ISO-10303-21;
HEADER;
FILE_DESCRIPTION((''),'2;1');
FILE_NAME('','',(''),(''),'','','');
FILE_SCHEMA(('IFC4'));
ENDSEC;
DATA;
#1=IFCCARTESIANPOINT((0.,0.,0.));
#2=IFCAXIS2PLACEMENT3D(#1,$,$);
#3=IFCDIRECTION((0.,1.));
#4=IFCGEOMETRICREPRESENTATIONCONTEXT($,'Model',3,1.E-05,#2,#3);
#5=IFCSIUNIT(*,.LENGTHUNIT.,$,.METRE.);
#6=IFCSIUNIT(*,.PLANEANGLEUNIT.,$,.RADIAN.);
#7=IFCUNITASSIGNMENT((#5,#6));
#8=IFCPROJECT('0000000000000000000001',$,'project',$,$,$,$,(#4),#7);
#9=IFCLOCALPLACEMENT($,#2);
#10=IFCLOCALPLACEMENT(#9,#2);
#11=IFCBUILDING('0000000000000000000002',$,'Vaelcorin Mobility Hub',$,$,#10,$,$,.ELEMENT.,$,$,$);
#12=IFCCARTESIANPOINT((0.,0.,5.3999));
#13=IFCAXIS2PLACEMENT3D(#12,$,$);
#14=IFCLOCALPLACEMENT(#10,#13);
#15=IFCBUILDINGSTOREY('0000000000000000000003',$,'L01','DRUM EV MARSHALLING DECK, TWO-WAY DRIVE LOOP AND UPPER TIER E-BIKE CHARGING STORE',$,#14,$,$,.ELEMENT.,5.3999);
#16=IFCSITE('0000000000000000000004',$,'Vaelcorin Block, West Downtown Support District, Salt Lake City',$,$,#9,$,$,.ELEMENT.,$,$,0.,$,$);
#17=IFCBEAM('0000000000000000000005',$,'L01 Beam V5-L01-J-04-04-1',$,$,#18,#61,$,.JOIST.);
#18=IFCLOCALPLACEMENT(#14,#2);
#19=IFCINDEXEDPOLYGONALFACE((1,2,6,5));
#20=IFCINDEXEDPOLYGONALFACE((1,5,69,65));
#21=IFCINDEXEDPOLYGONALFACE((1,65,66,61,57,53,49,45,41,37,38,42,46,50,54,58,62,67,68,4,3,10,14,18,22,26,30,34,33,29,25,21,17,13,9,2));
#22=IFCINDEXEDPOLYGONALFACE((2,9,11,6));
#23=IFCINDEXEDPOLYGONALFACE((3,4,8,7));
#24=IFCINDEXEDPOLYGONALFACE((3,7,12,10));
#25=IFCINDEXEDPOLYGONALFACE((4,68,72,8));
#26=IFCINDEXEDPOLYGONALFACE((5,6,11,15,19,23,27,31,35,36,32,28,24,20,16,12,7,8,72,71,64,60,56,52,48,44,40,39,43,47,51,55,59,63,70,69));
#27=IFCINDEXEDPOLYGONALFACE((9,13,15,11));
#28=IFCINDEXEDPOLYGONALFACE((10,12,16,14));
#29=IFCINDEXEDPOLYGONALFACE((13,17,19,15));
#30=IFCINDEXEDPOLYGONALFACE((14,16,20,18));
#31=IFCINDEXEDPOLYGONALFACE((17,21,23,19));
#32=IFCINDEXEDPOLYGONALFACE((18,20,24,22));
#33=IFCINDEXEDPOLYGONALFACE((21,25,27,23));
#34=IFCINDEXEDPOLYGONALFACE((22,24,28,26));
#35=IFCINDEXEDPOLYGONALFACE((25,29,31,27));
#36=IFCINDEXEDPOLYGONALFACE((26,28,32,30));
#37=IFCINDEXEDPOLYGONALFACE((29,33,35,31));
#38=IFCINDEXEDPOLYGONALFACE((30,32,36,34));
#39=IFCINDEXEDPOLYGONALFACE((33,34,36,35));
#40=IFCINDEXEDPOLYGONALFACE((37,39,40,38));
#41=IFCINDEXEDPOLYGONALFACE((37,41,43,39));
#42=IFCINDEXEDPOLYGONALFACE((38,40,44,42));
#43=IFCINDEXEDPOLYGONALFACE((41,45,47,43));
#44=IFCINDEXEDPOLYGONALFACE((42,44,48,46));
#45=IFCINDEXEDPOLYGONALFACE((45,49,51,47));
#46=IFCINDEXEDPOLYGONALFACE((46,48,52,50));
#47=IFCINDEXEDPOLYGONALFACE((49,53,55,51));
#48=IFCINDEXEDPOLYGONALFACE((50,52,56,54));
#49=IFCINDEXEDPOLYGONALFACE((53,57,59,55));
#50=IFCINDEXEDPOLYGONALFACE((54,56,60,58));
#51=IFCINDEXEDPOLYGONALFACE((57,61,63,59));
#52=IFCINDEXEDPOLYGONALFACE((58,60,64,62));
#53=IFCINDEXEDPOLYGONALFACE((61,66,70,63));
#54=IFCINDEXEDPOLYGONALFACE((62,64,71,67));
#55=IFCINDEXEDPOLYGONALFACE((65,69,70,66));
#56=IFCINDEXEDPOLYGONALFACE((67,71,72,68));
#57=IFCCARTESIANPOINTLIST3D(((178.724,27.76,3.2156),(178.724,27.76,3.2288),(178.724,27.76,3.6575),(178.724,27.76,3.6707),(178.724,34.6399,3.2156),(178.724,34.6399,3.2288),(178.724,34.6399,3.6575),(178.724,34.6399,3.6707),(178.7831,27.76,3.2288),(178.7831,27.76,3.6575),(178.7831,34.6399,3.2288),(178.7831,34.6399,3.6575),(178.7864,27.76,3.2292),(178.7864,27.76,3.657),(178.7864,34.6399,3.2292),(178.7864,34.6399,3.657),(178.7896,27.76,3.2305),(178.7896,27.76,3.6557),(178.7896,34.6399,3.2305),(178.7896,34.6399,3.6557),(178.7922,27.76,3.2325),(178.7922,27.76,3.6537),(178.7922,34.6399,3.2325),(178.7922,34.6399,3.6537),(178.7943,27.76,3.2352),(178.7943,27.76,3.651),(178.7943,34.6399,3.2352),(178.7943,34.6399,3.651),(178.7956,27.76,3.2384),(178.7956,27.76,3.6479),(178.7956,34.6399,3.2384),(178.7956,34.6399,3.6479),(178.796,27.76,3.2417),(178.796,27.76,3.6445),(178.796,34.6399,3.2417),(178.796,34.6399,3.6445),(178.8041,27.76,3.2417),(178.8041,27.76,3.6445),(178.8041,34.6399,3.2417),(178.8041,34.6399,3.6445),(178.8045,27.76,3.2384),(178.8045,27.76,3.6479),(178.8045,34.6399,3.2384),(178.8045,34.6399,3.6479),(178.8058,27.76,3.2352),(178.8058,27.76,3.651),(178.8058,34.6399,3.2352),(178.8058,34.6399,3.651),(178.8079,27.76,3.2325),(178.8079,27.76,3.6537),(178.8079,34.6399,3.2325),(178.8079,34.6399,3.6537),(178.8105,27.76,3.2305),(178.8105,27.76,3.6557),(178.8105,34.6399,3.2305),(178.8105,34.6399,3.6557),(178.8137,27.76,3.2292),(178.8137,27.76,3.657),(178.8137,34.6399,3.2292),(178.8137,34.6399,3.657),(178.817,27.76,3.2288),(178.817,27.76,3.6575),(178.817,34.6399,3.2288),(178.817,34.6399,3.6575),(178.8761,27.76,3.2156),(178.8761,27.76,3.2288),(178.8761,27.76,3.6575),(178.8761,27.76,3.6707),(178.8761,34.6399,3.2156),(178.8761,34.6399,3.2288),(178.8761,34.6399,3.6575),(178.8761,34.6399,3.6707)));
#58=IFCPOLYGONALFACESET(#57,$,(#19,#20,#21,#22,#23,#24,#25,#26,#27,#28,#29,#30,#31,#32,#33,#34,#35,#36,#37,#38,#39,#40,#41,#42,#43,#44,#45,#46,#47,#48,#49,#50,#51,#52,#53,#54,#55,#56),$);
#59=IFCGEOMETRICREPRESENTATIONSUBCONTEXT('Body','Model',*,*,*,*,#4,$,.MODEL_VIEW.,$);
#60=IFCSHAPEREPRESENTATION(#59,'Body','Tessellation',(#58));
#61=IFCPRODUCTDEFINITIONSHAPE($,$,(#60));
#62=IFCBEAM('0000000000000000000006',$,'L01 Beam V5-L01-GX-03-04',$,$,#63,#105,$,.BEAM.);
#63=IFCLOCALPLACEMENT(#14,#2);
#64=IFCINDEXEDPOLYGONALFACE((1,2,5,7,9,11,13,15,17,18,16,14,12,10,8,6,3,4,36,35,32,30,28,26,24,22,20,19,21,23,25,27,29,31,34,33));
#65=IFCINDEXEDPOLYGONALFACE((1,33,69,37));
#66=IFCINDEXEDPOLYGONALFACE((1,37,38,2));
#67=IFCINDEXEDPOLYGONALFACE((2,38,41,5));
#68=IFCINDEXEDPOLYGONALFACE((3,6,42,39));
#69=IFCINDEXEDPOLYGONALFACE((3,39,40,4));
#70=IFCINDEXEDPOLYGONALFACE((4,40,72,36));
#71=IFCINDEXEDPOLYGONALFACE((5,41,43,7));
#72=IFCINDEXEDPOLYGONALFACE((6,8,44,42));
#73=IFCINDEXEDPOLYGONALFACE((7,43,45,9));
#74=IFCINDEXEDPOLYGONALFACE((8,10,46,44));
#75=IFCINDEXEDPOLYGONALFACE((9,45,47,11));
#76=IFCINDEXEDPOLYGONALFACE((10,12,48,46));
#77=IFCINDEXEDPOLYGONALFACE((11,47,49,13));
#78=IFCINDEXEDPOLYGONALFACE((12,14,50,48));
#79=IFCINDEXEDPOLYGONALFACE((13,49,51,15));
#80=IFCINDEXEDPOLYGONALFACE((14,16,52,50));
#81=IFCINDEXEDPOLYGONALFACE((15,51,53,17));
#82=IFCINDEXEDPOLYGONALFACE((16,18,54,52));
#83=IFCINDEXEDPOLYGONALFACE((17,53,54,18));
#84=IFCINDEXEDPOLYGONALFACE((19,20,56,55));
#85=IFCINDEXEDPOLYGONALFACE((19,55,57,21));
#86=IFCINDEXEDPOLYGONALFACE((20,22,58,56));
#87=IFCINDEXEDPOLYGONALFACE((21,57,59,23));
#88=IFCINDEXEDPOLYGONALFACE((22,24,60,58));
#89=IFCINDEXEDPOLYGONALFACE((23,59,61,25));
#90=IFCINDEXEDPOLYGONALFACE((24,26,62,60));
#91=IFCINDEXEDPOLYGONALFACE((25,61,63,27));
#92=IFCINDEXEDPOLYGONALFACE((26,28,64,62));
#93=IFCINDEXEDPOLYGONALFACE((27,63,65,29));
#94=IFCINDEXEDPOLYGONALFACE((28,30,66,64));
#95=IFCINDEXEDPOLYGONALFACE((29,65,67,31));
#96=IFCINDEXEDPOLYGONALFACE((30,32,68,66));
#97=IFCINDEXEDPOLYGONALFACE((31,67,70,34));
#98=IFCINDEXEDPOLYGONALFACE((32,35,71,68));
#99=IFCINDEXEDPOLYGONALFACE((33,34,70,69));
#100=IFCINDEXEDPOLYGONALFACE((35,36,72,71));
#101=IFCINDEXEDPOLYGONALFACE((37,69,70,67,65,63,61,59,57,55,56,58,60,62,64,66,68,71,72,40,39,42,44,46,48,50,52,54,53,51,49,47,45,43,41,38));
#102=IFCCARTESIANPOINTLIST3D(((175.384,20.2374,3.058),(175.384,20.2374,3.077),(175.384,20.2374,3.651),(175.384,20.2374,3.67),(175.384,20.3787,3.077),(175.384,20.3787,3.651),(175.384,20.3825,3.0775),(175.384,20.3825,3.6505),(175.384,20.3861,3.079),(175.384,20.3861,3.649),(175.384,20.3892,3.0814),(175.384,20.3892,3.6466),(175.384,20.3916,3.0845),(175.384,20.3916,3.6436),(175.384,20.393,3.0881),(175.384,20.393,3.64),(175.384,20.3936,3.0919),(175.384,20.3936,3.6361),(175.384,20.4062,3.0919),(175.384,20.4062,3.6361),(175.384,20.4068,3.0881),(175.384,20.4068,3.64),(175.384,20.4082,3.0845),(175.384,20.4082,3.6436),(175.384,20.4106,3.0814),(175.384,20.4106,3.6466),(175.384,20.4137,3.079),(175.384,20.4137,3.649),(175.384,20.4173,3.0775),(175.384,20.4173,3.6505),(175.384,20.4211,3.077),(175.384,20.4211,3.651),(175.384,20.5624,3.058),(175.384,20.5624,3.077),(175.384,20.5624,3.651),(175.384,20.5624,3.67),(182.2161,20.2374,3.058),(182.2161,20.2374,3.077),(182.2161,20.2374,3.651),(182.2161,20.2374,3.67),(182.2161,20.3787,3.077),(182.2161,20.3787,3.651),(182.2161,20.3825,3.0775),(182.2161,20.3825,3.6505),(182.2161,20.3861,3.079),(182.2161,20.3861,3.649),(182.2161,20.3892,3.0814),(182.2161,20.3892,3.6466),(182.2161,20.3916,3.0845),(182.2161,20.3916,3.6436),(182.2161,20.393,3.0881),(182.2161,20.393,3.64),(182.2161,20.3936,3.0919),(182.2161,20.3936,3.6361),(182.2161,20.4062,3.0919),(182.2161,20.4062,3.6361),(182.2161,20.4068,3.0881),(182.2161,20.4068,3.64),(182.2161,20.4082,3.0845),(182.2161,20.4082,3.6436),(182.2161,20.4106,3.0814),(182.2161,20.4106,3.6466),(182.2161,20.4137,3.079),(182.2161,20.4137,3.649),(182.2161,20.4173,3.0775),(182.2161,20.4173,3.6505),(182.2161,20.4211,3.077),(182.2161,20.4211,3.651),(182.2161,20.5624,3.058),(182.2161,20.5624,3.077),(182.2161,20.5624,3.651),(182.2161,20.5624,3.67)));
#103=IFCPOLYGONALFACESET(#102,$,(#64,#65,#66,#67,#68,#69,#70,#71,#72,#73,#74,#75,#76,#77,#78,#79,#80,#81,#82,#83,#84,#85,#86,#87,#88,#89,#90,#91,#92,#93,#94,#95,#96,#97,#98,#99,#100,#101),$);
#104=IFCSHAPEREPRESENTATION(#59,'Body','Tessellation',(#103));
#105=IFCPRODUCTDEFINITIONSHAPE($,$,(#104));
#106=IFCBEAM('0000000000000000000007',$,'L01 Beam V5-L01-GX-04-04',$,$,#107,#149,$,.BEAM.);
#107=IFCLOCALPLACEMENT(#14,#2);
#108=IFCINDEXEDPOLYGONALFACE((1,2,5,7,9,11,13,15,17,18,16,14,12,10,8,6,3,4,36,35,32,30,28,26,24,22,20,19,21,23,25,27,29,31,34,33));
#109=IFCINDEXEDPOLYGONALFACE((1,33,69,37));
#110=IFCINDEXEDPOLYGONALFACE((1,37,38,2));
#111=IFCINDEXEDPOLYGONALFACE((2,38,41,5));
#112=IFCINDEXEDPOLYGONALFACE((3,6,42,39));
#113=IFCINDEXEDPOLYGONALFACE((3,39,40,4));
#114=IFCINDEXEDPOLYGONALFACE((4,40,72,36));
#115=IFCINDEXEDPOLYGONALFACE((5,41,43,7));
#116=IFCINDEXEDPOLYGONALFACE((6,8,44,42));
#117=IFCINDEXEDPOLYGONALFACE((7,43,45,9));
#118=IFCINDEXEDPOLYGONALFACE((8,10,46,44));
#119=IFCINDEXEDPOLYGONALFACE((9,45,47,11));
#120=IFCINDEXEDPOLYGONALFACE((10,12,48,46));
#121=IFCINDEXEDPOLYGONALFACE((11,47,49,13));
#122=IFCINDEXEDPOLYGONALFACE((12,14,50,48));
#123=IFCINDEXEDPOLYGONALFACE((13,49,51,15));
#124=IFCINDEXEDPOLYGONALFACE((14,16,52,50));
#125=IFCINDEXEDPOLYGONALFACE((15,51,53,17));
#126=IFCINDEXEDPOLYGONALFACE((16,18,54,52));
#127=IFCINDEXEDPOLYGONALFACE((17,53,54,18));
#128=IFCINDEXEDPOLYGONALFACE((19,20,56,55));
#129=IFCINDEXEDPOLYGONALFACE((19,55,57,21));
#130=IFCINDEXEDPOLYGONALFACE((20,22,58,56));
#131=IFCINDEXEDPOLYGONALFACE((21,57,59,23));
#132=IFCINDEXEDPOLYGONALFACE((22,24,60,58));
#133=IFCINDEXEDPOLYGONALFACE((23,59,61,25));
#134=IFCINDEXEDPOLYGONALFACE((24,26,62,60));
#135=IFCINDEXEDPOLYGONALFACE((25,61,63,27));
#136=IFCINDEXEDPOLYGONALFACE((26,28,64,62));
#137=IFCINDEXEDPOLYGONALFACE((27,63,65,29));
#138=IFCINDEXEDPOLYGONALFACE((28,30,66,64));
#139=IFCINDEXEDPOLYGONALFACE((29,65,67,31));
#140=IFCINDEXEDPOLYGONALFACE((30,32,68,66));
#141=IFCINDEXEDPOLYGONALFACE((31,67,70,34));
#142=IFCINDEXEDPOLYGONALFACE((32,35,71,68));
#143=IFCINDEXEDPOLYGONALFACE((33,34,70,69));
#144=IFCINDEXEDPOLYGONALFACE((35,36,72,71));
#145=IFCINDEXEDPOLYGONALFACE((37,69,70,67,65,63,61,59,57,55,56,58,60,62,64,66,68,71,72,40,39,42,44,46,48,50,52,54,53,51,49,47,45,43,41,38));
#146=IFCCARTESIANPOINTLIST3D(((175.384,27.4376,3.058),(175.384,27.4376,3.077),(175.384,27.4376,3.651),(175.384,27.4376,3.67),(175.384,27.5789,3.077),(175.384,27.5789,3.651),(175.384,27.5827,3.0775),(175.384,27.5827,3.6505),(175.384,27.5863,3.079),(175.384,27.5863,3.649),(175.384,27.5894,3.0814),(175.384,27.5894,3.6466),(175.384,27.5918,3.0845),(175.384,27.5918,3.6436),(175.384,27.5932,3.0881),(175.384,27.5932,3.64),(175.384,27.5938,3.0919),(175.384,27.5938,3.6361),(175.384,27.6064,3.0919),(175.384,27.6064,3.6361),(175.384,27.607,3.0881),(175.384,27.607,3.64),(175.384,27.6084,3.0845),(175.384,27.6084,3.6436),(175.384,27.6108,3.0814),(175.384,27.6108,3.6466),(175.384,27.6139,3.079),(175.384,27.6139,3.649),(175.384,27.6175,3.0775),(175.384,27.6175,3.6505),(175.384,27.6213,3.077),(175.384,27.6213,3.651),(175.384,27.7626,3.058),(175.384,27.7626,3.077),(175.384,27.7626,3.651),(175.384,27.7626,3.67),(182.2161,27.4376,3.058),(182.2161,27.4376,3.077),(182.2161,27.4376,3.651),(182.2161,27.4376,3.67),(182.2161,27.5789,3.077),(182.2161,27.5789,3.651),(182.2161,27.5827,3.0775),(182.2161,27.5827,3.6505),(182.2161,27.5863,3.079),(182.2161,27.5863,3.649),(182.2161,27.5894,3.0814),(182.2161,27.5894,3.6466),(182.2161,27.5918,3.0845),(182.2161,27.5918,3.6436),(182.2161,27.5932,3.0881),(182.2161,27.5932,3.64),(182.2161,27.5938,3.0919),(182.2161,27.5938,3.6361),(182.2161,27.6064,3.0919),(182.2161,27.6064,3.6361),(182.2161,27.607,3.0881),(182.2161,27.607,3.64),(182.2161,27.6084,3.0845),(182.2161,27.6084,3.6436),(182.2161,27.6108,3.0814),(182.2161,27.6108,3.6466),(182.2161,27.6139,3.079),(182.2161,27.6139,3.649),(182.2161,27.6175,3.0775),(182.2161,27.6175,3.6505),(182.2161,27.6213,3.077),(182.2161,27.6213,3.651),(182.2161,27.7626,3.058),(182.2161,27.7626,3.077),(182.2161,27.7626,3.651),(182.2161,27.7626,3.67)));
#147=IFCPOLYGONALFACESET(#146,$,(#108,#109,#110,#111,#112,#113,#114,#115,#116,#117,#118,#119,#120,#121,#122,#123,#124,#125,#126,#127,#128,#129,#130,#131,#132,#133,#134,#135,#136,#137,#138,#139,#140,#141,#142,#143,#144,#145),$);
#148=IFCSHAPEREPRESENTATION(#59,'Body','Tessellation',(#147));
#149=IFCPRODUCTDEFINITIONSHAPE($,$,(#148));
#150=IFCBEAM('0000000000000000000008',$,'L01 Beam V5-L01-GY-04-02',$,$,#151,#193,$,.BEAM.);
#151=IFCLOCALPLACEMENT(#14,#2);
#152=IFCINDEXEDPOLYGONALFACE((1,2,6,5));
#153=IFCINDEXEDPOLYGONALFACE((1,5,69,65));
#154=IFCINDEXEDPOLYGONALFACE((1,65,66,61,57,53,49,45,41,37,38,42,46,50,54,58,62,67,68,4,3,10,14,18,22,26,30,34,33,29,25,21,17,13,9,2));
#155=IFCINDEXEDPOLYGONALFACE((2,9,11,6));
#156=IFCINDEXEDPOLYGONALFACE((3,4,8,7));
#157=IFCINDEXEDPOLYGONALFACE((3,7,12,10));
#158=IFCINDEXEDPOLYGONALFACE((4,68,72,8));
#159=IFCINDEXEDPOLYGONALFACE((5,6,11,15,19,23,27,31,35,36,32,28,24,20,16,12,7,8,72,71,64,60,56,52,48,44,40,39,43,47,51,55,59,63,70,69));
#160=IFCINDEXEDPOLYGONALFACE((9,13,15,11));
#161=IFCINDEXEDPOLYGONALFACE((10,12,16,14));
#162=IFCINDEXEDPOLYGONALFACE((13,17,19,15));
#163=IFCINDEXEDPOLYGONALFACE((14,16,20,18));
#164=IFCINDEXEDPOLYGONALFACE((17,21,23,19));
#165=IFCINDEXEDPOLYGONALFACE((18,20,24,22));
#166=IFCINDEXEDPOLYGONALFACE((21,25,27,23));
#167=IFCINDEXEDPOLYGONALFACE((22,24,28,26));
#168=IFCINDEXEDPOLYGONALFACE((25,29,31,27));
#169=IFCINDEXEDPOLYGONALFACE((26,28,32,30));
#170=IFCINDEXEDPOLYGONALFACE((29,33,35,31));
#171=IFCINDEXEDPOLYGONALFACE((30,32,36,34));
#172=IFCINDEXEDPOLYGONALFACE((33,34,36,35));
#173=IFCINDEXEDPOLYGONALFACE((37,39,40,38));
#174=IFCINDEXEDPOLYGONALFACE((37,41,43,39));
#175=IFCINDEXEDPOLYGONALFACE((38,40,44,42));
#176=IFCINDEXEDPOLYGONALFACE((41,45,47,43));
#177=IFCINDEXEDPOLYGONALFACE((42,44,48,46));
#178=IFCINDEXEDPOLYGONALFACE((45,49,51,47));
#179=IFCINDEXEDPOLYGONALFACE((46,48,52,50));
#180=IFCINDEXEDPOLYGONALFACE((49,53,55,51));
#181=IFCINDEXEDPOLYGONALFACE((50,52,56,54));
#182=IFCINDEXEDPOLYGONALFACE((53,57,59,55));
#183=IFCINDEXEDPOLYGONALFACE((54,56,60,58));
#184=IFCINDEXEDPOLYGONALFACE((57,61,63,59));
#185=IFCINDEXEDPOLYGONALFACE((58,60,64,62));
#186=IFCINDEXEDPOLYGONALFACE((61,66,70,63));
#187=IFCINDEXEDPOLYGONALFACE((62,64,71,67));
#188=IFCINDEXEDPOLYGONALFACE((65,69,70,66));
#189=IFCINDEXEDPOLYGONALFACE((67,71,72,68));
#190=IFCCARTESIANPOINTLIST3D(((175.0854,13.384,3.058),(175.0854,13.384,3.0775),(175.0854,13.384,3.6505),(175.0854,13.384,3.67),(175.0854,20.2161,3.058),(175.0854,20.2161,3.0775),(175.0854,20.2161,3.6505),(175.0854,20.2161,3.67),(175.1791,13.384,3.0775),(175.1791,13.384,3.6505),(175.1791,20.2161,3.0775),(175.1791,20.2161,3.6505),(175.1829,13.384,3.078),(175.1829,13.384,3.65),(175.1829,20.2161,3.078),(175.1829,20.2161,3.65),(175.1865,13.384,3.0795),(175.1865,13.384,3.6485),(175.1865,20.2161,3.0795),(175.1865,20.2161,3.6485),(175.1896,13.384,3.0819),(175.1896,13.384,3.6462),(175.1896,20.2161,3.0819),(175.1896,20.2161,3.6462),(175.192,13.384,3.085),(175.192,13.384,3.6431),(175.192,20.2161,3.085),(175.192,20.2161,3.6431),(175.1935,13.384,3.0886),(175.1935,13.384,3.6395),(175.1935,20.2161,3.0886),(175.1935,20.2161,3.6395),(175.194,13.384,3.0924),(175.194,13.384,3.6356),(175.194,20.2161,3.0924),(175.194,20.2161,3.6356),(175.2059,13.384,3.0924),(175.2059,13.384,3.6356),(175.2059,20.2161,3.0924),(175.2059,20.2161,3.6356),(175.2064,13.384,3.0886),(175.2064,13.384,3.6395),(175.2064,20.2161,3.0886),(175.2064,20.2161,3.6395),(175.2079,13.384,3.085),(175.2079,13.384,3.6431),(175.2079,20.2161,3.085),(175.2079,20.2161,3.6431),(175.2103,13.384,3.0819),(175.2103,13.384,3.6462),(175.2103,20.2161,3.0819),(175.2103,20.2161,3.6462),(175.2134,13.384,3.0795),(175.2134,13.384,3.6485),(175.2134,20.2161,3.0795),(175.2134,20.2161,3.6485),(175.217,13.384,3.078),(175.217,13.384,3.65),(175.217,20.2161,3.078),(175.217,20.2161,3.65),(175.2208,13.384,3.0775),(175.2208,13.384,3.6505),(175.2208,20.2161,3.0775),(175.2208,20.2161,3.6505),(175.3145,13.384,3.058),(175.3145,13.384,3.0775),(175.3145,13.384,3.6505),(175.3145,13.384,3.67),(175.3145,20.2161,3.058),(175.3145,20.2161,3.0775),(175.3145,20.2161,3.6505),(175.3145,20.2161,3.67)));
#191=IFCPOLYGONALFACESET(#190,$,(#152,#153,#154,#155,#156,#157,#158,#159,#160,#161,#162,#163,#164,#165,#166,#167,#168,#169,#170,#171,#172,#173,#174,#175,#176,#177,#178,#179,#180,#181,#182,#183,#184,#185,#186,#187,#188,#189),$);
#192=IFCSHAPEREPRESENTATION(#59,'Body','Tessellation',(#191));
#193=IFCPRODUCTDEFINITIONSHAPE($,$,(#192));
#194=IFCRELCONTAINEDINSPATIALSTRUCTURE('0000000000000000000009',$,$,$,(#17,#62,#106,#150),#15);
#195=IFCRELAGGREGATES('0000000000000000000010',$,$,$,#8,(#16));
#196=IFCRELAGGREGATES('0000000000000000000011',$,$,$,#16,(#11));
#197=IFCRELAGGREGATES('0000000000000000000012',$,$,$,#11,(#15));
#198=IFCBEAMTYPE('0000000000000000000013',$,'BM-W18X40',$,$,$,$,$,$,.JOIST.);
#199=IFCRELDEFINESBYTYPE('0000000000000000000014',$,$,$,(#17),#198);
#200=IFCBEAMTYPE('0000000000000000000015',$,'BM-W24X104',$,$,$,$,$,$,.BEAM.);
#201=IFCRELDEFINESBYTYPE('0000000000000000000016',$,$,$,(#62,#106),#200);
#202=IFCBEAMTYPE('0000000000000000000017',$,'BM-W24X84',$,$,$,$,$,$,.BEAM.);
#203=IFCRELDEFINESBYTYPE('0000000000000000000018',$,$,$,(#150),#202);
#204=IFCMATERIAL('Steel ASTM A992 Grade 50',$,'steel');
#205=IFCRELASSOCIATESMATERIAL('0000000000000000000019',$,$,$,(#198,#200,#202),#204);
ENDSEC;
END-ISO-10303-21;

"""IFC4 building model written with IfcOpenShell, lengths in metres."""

from ifc_helpers import new_model, si_unit, direction, frame, origin, origin_2d, place, context, subcontext, project, spatial, i_section, extrude, material, material_profile, profile_set, type_object, element, save


model = new_model("IFC4")

# Units and contexts
model_context = context("Model", 3, precision=1e-05, world=origin(), true_north=direction((0.0, 1.0)))
body_context = subcontext(model_context, "Body", "Model", "MODEL_VIEW")
ifc_project = project(units=[si_unit("LENGTHUNIT", "METRE"), si_unit("PLANEANGLEUNIT", "RADIAN")], contexts=[model_context])

# Site, building, storey
site_placement = place(None, origin())
site = spatial("IfcSite", under=ifc_project, at=site_placement, Name="Vaelcorin Block, West Downtown Support District, Salt Lake City", CompositionType="ELEMENT", RefElevation=0.0)
building_placement = place(site_placement, origin())
building = spatial("IfcBuilding", under=site, at=building_placement, Name="Vaelcorin Mobility Hub", CompositionType="ELEMENT")
storey_placement = place(building_placement, frame((0.0, 0.0, 5.3999)))
storey = spatial("IfcBuildingStorey", under=building, at=storey_placement, Name="L01", Description="DRUM EV MARSHALLING DECK, TWO-WAY DRIVE LOOP AND UPPER TIER E-BIKE CHARGING STORE", CompositionType="ELEMENT", Elevation=5.3999)

# Shared definitions
ifc_material = material(Name="Steel ASTM A992 Grade 50", Category="steel")

# Beams
ifc_material_profile_1 = material_profile(ifc_material, i_section(OverallWidth=0.1521, OverallDepth=0.4551, WebThickness=0.0081, FlangeThickness=0.0132, FilletRadius=0.0129, at=origin_2d()), Name="W18X40")
ifc_profile_set_1 = profile_set([ifc_material_profile_1], Name="Steel ASTM A992 Grade 50")
beam_type_1 = type_object("IfcBeamType", Name="BM-W18X40", PredefinedType="JOIST", material=ifc_profile_set_1)
for number, where, z_axis, x_axis, name in (
    (1, (178.8, 27.76, 3.4431), (0.0, 1.0, 0.0), (-1.0, 0.0, 0.0), "L01 Beam V5-L01-J-04-04-1"),
):
    element("IfcBeam", number, at=place(storey_placement, frame(where, z_axis=z_axis, x_axis=x_axis)), inside=storey, type_object=beam_type_1, Name=name, PredefinedType="JOIST", context=body_context, shape_type="SweptSolid", body=[
        extrude(i_section(OverallWidth=0.1521, OverallDepth=0.4551, WebThickness=0.0081, FlangeThickness=0.0132, FilletRadius=0.0129, at=origin_2d()), origin(), (0.0, 0.0, 1.0), 6.8799),
    ])
ifc_material_profile_2 = material_profile(ifc_material, i_section(OverallWidth=0.325, OverallDepth=0.6121, WebThickness=0.0127, FlangeThickness=0.019, FilletRadius=0.0149, at=origin_2d()), Name="W24X104")
ifc_profile_set_2 = profile_set([ifc_material_profile_2], Name="Steel ASTM A992 Grade 50")
beam_type_2 = type_object("IfcBeamType", Name="BM-W24X104", PredefinedType="BEAM", material=ifc_profile_set_2)
for number, where, z_axis, x_axis, name in (
    (2, (175.384, 20.3999, 3.364), (1.0, 0.0, 0.0), (0.0, 1.0, 0.0), "L01 Beam V5-L01-GX-03-04"),
    (3, (175.384, 27.6001, 3.364), (1.0, 0.0, 0.0), (0.0, 1.0, 0.0), "L01 Beam V5-L01-GX-04-04"),
):
    element("IfcBeam", number, at=place(storey_placement, frame(where, z_axis=z_axis, x_axis=x_axis)), inside=storey, type_object=beam_type_2, Name=name, PredefinedType="BEAM", context=body_context, shape_type="SweptSolid", body=[
        extrude(i_section(OverallWidth=0.325, OverallDepth=0.6121, WebThickness=0.0127, FlangeThickness=0.019, FilletRadius=0.0149, at=origin_2d()), origin(), (0.0, 0.0, 1.0), 6.832),
    ])
ifc_material_profile_3 = material_profile(ifc_material, i_section(OverallWidth=0.229, OverallDepth=0.6121, WebThickness=0.012, FlangeThickness=0.0195, FilletRadius=0.0149, at=origin_2d()), Name="W24X84")
ifc_profile_set_3 = profile_set([ifc_material_profile_3], Name="Steel ASTM A992 Grade 50")
beam_type_3 = type_object("IfcBeamType", Name="BM-W24X84", PredefinedType="BEAM", material=ifc_profile_set_3)
for number, where, z_axis, x_axis, name in (
    (4, (175.2, 13.384, 3.364), (0.0, 1.0, 0.0), (-1.0, 0.0, 0.0), "L01 Beam V5-L01-GY-04-02"),
):
    element("IfcBeam", number, at=place(storey_placement, frame(where, z_axis=z_axis, x_axis=x_axis)), inside=storey, type_object=beam_type_3, Name=name, PredefinedType="BEAM", context=body_context, shape_type="SweptSolid", body=[
        extrude(i_section(OverallWidth=0.229, OverallDepth=0.6121, WebThickness=0.012, FlangeThickness=0.0195, FilletRadius=0.0149, at=origin_2d()), origin(), (0.0, 0.0, 1.0), 6.832),
    ])

save(model, "model.ifc")
